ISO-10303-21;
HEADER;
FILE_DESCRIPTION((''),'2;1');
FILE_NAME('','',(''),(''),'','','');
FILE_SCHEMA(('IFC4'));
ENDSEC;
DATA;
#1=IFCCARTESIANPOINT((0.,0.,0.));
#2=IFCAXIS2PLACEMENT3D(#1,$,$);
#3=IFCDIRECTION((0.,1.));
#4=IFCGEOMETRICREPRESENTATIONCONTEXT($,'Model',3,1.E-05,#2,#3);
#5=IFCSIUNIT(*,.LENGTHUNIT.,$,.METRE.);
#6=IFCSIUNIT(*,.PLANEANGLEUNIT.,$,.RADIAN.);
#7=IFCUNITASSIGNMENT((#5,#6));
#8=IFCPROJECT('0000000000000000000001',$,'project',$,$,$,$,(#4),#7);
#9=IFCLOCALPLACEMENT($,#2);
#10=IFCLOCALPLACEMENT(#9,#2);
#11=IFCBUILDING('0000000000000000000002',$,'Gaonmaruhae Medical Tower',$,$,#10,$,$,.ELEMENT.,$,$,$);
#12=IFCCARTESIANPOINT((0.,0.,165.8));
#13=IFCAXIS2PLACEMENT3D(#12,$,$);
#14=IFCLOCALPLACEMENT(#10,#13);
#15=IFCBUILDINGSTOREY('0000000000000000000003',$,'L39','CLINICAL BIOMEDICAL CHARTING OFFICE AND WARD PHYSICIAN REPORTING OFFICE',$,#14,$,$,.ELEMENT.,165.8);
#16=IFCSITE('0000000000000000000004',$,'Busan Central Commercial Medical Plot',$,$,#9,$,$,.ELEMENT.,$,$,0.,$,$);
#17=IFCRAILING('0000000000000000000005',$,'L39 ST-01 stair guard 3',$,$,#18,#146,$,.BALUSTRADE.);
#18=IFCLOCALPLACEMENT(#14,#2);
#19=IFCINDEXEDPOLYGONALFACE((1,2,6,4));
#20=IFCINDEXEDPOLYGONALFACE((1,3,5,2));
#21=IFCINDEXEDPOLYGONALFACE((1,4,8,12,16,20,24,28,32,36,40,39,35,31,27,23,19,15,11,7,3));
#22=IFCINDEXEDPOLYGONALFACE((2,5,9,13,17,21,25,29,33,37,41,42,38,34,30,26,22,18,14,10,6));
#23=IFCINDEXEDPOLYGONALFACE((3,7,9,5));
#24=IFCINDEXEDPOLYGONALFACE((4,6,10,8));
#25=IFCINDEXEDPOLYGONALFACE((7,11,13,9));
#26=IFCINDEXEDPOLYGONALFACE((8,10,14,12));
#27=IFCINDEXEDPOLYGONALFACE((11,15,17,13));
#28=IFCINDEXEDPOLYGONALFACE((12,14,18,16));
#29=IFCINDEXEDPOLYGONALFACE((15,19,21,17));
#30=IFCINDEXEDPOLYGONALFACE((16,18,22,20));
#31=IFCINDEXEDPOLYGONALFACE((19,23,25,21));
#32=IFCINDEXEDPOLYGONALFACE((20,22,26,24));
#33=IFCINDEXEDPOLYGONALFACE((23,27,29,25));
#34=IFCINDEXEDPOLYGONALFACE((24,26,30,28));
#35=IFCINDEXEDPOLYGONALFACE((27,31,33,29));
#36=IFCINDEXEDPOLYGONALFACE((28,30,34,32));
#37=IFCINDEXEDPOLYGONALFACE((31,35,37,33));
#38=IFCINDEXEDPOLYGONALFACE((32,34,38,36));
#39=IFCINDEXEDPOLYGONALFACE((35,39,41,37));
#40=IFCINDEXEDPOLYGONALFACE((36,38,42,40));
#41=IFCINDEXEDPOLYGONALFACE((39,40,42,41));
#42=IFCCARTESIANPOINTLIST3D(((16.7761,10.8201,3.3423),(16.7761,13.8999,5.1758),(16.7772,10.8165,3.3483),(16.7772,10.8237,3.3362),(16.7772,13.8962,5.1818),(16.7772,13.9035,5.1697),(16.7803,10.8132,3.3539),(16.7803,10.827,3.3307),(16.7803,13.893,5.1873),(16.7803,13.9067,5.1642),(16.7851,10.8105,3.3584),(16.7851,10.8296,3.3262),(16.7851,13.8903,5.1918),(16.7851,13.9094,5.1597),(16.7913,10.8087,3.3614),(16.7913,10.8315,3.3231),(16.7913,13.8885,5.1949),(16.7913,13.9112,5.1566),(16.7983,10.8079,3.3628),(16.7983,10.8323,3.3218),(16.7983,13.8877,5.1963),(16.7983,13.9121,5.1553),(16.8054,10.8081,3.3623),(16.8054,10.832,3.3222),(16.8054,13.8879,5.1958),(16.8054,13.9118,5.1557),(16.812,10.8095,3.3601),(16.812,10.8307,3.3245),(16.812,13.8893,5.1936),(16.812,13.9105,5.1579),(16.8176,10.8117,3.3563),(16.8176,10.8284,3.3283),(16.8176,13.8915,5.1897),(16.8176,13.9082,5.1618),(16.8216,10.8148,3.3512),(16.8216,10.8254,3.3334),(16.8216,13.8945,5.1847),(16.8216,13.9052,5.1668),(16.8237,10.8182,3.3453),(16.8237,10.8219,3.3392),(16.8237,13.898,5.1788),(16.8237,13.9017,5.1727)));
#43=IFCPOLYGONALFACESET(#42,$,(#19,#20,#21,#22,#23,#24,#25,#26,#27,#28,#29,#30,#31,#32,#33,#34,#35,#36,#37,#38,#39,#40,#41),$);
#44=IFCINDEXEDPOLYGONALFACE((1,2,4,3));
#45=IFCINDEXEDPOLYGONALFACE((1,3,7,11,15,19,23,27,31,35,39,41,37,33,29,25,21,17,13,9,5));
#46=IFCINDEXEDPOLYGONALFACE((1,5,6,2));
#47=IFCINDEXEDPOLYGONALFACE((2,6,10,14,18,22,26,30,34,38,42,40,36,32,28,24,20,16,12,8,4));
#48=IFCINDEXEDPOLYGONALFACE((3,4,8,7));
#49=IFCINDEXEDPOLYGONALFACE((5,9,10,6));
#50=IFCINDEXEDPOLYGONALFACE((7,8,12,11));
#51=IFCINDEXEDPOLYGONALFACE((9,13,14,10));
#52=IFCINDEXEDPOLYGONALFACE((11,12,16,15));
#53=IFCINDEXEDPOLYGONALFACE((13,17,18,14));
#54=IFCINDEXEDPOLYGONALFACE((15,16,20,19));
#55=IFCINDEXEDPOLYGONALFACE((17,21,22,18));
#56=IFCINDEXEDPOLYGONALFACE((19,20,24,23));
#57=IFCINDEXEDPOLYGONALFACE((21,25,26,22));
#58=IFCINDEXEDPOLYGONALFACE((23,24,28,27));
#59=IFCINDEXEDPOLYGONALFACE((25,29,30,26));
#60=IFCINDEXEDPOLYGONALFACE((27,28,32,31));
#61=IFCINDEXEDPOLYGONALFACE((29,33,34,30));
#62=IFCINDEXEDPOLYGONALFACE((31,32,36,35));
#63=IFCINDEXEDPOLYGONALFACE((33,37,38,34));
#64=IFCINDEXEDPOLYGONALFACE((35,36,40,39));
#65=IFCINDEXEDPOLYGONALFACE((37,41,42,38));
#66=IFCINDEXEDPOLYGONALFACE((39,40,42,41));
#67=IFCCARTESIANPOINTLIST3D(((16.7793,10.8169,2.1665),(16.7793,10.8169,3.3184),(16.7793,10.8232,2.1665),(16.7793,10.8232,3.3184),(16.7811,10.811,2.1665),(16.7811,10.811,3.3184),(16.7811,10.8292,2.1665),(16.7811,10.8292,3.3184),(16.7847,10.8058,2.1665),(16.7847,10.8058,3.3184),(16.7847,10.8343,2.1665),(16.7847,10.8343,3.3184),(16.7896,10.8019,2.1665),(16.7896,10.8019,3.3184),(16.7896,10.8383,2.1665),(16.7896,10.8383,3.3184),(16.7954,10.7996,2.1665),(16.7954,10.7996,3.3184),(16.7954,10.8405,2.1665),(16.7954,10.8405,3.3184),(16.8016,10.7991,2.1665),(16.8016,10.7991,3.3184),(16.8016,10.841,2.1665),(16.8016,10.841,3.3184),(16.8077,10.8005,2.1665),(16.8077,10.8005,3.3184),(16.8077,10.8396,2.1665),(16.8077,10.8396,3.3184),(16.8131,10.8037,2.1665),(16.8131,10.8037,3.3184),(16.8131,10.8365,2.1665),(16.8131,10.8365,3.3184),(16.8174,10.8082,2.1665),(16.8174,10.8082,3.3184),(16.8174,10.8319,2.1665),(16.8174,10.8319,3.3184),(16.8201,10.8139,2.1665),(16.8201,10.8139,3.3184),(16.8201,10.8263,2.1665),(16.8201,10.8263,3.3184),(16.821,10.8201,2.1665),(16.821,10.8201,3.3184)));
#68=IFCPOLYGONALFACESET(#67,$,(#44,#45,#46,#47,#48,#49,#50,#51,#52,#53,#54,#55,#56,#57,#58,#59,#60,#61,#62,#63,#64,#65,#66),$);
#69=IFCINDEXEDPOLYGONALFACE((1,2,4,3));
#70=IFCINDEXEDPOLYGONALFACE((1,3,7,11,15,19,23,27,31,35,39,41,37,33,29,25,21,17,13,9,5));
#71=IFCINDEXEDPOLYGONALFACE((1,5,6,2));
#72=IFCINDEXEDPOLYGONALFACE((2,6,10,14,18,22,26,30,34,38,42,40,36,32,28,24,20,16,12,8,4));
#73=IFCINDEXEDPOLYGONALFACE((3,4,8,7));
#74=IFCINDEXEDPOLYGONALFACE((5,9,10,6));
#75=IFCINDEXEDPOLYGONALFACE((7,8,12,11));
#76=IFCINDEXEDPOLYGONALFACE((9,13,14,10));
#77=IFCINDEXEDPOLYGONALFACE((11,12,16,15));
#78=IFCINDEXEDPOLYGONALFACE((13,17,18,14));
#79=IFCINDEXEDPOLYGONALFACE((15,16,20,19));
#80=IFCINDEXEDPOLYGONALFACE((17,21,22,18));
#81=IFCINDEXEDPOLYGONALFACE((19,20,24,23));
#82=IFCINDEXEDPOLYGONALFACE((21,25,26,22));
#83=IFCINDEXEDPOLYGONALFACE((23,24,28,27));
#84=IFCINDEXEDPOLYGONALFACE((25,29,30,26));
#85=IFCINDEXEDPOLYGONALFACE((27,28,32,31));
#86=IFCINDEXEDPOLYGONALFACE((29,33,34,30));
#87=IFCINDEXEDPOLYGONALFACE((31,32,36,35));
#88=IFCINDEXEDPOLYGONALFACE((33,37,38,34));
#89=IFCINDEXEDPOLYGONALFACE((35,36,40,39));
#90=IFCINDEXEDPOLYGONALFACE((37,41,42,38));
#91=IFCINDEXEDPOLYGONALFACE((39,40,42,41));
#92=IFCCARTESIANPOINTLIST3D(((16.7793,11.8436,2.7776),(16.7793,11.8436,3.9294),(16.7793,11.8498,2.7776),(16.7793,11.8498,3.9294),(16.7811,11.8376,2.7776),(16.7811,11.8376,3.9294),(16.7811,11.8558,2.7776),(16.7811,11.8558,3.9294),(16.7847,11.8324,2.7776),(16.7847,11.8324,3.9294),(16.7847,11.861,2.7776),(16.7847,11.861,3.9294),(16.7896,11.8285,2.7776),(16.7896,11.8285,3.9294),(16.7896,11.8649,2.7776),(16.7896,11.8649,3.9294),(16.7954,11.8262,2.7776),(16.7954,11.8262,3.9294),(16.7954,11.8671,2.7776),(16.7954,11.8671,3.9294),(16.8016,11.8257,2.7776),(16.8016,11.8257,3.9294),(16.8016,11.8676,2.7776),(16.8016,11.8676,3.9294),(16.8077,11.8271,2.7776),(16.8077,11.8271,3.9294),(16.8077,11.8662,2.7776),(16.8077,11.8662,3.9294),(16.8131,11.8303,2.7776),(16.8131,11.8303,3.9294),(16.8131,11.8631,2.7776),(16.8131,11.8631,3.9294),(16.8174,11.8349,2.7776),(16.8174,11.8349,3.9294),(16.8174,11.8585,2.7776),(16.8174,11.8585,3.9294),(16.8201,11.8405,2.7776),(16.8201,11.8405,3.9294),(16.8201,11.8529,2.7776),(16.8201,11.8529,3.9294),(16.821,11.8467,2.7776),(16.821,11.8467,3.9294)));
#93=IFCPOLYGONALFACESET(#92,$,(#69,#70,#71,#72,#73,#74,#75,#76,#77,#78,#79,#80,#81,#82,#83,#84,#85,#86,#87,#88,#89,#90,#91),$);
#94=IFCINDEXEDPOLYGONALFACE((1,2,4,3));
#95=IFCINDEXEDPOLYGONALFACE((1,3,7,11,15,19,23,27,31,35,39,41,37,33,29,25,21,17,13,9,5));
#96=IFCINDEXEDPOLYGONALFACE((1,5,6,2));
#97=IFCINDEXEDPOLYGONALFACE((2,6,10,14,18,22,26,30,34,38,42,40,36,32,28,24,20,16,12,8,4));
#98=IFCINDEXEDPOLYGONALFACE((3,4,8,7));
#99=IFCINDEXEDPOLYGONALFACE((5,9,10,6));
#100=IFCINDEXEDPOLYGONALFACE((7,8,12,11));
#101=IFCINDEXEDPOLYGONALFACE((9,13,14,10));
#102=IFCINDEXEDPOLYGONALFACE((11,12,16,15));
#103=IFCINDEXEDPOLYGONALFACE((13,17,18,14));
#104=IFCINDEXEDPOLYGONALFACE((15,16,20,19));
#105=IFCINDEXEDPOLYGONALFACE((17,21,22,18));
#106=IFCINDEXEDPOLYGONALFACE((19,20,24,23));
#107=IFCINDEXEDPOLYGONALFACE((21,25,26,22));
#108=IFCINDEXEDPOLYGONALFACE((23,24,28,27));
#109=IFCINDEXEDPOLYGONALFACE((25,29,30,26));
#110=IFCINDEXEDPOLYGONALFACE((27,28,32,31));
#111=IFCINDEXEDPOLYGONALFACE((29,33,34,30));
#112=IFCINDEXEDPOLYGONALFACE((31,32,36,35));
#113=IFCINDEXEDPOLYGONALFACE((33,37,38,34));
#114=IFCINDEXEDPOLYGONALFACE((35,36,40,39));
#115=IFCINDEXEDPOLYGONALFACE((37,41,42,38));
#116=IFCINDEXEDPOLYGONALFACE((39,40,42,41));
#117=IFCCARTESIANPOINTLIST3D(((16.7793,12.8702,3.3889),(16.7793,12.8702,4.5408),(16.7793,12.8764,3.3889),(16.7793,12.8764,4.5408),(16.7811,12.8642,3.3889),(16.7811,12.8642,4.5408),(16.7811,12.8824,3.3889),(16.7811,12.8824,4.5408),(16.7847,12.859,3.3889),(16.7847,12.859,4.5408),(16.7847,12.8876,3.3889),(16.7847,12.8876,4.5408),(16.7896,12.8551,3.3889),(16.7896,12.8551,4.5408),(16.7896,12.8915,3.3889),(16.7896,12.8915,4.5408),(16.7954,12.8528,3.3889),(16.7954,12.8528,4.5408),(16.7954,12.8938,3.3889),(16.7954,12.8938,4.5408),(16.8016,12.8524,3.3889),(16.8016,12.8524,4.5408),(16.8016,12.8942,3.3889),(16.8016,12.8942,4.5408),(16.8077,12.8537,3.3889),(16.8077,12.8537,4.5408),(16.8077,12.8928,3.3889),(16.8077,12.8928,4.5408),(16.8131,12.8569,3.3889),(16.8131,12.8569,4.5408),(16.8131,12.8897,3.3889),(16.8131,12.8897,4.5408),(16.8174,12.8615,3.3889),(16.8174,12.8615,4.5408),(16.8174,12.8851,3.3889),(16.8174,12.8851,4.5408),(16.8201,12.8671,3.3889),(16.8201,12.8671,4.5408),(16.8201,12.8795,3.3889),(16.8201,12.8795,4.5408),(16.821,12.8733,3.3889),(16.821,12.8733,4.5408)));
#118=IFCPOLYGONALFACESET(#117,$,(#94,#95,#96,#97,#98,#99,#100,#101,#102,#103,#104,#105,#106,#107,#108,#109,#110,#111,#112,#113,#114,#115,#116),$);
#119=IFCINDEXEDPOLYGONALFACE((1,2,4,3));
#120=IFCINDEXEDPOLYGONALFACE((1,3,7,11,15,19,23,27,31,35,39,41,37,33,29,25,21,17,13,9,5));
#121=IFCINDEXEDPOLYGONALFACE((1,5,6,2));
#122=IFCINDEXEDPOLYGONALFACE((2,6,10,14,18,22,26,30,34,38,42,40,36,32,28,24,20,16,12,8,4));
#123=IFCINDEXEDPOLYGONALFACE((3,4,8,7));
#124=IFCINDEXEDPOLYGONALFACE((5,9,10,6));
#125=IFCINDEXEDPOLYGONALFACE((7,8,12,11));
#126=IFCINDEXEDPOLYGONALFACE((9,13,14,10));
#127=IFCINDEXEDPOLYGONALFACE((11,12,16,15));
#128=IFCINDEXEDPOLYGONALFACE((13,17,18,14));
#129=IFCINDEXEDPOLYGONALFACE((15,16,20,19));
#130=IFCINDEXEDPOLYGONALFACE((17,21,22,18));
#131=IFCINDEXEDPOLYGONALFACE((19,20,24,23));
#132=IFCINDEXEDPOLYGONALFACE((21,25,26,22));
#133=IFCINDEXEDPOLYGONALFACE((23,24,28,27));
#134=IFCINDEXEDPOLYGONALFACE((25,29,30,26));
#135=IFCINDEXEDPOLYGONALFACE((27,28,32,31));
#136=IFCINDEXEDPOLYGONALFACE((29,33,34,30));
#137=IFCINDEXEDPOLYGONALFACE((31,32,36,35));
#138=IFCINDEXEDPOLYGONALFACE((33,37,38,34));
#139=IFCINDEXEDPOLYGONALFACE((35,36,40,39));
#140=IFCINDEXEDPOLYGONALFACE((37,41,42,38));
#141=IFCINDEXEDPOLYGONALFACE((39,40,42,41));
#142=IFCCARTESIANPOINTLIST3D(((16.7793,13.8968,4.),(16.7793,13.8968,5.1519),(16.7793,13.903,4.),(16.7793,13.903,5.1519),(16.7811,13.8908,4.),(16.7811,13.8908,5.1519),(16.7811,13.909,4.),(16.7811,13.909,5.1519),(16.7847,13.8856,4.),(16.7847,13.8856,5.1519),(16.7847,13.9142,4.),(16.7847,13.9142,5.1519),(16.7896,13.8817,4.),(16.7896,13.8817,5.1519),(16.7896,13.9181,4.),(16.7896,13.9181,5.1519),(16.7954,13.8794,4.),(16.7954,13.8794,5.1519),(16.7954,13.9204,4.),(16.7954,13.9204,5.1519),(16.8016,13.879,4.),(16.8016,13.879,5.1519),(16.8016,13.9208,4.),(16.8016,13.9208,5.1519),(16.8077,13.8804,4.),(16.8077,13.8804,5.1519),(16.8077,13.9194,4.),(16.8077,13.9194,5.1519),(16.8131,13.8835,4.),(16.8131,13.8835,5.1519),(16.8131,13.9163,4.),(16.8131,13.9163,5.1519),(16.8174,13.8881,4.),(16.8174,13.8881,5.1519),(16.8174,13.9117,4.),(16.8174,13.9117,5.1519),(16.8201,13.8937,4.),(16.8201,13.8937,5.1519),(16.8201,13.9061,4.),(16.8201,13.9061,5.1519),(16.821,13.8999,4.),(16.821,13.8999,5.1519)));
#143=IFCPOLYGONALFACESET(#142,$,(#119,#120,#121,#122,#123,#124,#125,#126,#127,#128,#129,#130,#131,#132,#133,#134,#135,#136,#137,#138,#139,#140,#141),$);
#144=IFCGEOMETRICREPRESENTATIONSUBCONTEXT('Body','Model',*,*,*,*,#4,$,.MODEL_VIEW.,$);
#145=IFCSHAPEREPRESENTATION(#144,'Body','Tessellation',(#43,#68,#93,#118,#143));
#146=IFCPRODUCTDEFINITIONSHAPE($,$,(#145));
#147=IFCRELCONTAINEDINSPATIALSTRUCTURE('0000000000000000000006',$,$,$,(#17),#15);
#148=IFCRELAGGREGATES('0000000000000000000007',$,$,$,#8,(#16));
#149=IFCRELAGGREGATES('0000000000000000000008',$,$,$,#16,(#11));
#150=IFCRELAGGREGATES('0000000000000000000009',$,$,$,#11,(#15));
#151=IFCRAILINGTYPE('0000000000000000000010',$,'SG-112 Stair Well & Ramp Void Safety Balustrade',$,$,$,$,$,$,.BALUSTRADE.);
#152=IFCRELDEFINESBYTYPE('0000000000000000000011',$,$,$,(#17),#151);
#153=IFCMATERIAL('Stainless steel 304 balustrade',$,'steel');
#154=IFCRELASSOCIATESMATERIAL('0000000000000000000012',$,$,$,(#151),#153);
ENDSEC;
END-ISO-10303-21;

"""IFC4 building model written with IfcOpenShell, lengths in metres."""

from ifc_helpers import new_model, si_unit, direction, frame, origin, origin_2d, place, context, subcontext, project, spatial, circle, extrude, material, type_object, element, save


model = new_model("IFC4")

# Units and contexts
model_context = context("Model", 3, precision=1e-05, world=origin(), true_north=direction((0.0, 1.0)))
body_context = subcontext(model_context, "Body", "Model", "MODEL_VIEW")
ifc_project = project(units=[si_unit("LENGTHUNIT", "METRE"), si_unit("PLANEANGLEUNIT", "RADIAN")], contexts=[model_context])

# Site, building, storey
site_placement = place(None, origin())
site = spatial("IfcSite", under=ifc_project, at=site_placement, Name="Busan Central Commercial Medical Plot", CompositionType="ELEMENT", RefElevation=0.0)
building_placement = place(site_placement, origin())
building = spatial("IfcBuilding", under=site, at=building_placement, Name="Gaonmaruhae Medical Tower", CompositionType="ELEMENT")
storey_placement = place(building_placement, frame((0.0, 0.0, 165.8)))
storey = spatial("IfcBuildingStorey", under=building, at=storey_placement, Name="L39", Description="CLINICAL BIOMEDICAL CHARTING OFFICE AND WARD PHYSICIAN REPORTING OFFICE", CompositionType="ELEMENT", Elevation=165.8)

# Railing
ifc_material_1 = material(Name="Stainless steel 304 balustrade", Category="steel")
railing_type_1 = type_object("IfcRailingType", Name="SG-112 Stair Well & Ramp Void Safety Balustrade", PredefinedType="BALUSTRADE", material=ifc_material_1)
railing_1_placement = place(storey_placement, frame((16.8, 10.8201, 2.1665)))
element("IfcRailing", 1, at=railing_1_placement, inside=storey, type_object=railing_type_1, Name="L39 ST-01 stair guard 3", PredefinedType="BALUSTRADE", context=body_context, shape_type="SweptSolid", body=[
    extrude(circle(Radius=0.0239, at=origin_2d()), frame((0.0, 0.0, 1.1758), z_axis=(0.0, 0.859261, 0.511538), x_axis=(-1.0, 0.0, 0.0)), (0.0, 0.0, 1.0), 3.5842),
    extrude(circle(Radius=0.021, at=origin_2d()), origin(), (0.0, 0.0, 1.0), 1.1519),
    extrude(circle(Radius=0.021, at=origin_2d()), frame((0.0, 1.0266, 0.6111)), (0.0, 0.0, 1.0), 1.1519),
    extrude(circle(Radius=0.021, at=origin_2d()), frame((0.0, 2.0532, 1.2224)), (0.0, 0.0, 1.0), 1.1519),
    extrude(circle(Radius=0.021, at=origin_2d()), frame((0.0, 3.0798, 1.8335)), (0.0, 0.0, 1.0), 1.1519),
])

save(model, "model.ifc")
